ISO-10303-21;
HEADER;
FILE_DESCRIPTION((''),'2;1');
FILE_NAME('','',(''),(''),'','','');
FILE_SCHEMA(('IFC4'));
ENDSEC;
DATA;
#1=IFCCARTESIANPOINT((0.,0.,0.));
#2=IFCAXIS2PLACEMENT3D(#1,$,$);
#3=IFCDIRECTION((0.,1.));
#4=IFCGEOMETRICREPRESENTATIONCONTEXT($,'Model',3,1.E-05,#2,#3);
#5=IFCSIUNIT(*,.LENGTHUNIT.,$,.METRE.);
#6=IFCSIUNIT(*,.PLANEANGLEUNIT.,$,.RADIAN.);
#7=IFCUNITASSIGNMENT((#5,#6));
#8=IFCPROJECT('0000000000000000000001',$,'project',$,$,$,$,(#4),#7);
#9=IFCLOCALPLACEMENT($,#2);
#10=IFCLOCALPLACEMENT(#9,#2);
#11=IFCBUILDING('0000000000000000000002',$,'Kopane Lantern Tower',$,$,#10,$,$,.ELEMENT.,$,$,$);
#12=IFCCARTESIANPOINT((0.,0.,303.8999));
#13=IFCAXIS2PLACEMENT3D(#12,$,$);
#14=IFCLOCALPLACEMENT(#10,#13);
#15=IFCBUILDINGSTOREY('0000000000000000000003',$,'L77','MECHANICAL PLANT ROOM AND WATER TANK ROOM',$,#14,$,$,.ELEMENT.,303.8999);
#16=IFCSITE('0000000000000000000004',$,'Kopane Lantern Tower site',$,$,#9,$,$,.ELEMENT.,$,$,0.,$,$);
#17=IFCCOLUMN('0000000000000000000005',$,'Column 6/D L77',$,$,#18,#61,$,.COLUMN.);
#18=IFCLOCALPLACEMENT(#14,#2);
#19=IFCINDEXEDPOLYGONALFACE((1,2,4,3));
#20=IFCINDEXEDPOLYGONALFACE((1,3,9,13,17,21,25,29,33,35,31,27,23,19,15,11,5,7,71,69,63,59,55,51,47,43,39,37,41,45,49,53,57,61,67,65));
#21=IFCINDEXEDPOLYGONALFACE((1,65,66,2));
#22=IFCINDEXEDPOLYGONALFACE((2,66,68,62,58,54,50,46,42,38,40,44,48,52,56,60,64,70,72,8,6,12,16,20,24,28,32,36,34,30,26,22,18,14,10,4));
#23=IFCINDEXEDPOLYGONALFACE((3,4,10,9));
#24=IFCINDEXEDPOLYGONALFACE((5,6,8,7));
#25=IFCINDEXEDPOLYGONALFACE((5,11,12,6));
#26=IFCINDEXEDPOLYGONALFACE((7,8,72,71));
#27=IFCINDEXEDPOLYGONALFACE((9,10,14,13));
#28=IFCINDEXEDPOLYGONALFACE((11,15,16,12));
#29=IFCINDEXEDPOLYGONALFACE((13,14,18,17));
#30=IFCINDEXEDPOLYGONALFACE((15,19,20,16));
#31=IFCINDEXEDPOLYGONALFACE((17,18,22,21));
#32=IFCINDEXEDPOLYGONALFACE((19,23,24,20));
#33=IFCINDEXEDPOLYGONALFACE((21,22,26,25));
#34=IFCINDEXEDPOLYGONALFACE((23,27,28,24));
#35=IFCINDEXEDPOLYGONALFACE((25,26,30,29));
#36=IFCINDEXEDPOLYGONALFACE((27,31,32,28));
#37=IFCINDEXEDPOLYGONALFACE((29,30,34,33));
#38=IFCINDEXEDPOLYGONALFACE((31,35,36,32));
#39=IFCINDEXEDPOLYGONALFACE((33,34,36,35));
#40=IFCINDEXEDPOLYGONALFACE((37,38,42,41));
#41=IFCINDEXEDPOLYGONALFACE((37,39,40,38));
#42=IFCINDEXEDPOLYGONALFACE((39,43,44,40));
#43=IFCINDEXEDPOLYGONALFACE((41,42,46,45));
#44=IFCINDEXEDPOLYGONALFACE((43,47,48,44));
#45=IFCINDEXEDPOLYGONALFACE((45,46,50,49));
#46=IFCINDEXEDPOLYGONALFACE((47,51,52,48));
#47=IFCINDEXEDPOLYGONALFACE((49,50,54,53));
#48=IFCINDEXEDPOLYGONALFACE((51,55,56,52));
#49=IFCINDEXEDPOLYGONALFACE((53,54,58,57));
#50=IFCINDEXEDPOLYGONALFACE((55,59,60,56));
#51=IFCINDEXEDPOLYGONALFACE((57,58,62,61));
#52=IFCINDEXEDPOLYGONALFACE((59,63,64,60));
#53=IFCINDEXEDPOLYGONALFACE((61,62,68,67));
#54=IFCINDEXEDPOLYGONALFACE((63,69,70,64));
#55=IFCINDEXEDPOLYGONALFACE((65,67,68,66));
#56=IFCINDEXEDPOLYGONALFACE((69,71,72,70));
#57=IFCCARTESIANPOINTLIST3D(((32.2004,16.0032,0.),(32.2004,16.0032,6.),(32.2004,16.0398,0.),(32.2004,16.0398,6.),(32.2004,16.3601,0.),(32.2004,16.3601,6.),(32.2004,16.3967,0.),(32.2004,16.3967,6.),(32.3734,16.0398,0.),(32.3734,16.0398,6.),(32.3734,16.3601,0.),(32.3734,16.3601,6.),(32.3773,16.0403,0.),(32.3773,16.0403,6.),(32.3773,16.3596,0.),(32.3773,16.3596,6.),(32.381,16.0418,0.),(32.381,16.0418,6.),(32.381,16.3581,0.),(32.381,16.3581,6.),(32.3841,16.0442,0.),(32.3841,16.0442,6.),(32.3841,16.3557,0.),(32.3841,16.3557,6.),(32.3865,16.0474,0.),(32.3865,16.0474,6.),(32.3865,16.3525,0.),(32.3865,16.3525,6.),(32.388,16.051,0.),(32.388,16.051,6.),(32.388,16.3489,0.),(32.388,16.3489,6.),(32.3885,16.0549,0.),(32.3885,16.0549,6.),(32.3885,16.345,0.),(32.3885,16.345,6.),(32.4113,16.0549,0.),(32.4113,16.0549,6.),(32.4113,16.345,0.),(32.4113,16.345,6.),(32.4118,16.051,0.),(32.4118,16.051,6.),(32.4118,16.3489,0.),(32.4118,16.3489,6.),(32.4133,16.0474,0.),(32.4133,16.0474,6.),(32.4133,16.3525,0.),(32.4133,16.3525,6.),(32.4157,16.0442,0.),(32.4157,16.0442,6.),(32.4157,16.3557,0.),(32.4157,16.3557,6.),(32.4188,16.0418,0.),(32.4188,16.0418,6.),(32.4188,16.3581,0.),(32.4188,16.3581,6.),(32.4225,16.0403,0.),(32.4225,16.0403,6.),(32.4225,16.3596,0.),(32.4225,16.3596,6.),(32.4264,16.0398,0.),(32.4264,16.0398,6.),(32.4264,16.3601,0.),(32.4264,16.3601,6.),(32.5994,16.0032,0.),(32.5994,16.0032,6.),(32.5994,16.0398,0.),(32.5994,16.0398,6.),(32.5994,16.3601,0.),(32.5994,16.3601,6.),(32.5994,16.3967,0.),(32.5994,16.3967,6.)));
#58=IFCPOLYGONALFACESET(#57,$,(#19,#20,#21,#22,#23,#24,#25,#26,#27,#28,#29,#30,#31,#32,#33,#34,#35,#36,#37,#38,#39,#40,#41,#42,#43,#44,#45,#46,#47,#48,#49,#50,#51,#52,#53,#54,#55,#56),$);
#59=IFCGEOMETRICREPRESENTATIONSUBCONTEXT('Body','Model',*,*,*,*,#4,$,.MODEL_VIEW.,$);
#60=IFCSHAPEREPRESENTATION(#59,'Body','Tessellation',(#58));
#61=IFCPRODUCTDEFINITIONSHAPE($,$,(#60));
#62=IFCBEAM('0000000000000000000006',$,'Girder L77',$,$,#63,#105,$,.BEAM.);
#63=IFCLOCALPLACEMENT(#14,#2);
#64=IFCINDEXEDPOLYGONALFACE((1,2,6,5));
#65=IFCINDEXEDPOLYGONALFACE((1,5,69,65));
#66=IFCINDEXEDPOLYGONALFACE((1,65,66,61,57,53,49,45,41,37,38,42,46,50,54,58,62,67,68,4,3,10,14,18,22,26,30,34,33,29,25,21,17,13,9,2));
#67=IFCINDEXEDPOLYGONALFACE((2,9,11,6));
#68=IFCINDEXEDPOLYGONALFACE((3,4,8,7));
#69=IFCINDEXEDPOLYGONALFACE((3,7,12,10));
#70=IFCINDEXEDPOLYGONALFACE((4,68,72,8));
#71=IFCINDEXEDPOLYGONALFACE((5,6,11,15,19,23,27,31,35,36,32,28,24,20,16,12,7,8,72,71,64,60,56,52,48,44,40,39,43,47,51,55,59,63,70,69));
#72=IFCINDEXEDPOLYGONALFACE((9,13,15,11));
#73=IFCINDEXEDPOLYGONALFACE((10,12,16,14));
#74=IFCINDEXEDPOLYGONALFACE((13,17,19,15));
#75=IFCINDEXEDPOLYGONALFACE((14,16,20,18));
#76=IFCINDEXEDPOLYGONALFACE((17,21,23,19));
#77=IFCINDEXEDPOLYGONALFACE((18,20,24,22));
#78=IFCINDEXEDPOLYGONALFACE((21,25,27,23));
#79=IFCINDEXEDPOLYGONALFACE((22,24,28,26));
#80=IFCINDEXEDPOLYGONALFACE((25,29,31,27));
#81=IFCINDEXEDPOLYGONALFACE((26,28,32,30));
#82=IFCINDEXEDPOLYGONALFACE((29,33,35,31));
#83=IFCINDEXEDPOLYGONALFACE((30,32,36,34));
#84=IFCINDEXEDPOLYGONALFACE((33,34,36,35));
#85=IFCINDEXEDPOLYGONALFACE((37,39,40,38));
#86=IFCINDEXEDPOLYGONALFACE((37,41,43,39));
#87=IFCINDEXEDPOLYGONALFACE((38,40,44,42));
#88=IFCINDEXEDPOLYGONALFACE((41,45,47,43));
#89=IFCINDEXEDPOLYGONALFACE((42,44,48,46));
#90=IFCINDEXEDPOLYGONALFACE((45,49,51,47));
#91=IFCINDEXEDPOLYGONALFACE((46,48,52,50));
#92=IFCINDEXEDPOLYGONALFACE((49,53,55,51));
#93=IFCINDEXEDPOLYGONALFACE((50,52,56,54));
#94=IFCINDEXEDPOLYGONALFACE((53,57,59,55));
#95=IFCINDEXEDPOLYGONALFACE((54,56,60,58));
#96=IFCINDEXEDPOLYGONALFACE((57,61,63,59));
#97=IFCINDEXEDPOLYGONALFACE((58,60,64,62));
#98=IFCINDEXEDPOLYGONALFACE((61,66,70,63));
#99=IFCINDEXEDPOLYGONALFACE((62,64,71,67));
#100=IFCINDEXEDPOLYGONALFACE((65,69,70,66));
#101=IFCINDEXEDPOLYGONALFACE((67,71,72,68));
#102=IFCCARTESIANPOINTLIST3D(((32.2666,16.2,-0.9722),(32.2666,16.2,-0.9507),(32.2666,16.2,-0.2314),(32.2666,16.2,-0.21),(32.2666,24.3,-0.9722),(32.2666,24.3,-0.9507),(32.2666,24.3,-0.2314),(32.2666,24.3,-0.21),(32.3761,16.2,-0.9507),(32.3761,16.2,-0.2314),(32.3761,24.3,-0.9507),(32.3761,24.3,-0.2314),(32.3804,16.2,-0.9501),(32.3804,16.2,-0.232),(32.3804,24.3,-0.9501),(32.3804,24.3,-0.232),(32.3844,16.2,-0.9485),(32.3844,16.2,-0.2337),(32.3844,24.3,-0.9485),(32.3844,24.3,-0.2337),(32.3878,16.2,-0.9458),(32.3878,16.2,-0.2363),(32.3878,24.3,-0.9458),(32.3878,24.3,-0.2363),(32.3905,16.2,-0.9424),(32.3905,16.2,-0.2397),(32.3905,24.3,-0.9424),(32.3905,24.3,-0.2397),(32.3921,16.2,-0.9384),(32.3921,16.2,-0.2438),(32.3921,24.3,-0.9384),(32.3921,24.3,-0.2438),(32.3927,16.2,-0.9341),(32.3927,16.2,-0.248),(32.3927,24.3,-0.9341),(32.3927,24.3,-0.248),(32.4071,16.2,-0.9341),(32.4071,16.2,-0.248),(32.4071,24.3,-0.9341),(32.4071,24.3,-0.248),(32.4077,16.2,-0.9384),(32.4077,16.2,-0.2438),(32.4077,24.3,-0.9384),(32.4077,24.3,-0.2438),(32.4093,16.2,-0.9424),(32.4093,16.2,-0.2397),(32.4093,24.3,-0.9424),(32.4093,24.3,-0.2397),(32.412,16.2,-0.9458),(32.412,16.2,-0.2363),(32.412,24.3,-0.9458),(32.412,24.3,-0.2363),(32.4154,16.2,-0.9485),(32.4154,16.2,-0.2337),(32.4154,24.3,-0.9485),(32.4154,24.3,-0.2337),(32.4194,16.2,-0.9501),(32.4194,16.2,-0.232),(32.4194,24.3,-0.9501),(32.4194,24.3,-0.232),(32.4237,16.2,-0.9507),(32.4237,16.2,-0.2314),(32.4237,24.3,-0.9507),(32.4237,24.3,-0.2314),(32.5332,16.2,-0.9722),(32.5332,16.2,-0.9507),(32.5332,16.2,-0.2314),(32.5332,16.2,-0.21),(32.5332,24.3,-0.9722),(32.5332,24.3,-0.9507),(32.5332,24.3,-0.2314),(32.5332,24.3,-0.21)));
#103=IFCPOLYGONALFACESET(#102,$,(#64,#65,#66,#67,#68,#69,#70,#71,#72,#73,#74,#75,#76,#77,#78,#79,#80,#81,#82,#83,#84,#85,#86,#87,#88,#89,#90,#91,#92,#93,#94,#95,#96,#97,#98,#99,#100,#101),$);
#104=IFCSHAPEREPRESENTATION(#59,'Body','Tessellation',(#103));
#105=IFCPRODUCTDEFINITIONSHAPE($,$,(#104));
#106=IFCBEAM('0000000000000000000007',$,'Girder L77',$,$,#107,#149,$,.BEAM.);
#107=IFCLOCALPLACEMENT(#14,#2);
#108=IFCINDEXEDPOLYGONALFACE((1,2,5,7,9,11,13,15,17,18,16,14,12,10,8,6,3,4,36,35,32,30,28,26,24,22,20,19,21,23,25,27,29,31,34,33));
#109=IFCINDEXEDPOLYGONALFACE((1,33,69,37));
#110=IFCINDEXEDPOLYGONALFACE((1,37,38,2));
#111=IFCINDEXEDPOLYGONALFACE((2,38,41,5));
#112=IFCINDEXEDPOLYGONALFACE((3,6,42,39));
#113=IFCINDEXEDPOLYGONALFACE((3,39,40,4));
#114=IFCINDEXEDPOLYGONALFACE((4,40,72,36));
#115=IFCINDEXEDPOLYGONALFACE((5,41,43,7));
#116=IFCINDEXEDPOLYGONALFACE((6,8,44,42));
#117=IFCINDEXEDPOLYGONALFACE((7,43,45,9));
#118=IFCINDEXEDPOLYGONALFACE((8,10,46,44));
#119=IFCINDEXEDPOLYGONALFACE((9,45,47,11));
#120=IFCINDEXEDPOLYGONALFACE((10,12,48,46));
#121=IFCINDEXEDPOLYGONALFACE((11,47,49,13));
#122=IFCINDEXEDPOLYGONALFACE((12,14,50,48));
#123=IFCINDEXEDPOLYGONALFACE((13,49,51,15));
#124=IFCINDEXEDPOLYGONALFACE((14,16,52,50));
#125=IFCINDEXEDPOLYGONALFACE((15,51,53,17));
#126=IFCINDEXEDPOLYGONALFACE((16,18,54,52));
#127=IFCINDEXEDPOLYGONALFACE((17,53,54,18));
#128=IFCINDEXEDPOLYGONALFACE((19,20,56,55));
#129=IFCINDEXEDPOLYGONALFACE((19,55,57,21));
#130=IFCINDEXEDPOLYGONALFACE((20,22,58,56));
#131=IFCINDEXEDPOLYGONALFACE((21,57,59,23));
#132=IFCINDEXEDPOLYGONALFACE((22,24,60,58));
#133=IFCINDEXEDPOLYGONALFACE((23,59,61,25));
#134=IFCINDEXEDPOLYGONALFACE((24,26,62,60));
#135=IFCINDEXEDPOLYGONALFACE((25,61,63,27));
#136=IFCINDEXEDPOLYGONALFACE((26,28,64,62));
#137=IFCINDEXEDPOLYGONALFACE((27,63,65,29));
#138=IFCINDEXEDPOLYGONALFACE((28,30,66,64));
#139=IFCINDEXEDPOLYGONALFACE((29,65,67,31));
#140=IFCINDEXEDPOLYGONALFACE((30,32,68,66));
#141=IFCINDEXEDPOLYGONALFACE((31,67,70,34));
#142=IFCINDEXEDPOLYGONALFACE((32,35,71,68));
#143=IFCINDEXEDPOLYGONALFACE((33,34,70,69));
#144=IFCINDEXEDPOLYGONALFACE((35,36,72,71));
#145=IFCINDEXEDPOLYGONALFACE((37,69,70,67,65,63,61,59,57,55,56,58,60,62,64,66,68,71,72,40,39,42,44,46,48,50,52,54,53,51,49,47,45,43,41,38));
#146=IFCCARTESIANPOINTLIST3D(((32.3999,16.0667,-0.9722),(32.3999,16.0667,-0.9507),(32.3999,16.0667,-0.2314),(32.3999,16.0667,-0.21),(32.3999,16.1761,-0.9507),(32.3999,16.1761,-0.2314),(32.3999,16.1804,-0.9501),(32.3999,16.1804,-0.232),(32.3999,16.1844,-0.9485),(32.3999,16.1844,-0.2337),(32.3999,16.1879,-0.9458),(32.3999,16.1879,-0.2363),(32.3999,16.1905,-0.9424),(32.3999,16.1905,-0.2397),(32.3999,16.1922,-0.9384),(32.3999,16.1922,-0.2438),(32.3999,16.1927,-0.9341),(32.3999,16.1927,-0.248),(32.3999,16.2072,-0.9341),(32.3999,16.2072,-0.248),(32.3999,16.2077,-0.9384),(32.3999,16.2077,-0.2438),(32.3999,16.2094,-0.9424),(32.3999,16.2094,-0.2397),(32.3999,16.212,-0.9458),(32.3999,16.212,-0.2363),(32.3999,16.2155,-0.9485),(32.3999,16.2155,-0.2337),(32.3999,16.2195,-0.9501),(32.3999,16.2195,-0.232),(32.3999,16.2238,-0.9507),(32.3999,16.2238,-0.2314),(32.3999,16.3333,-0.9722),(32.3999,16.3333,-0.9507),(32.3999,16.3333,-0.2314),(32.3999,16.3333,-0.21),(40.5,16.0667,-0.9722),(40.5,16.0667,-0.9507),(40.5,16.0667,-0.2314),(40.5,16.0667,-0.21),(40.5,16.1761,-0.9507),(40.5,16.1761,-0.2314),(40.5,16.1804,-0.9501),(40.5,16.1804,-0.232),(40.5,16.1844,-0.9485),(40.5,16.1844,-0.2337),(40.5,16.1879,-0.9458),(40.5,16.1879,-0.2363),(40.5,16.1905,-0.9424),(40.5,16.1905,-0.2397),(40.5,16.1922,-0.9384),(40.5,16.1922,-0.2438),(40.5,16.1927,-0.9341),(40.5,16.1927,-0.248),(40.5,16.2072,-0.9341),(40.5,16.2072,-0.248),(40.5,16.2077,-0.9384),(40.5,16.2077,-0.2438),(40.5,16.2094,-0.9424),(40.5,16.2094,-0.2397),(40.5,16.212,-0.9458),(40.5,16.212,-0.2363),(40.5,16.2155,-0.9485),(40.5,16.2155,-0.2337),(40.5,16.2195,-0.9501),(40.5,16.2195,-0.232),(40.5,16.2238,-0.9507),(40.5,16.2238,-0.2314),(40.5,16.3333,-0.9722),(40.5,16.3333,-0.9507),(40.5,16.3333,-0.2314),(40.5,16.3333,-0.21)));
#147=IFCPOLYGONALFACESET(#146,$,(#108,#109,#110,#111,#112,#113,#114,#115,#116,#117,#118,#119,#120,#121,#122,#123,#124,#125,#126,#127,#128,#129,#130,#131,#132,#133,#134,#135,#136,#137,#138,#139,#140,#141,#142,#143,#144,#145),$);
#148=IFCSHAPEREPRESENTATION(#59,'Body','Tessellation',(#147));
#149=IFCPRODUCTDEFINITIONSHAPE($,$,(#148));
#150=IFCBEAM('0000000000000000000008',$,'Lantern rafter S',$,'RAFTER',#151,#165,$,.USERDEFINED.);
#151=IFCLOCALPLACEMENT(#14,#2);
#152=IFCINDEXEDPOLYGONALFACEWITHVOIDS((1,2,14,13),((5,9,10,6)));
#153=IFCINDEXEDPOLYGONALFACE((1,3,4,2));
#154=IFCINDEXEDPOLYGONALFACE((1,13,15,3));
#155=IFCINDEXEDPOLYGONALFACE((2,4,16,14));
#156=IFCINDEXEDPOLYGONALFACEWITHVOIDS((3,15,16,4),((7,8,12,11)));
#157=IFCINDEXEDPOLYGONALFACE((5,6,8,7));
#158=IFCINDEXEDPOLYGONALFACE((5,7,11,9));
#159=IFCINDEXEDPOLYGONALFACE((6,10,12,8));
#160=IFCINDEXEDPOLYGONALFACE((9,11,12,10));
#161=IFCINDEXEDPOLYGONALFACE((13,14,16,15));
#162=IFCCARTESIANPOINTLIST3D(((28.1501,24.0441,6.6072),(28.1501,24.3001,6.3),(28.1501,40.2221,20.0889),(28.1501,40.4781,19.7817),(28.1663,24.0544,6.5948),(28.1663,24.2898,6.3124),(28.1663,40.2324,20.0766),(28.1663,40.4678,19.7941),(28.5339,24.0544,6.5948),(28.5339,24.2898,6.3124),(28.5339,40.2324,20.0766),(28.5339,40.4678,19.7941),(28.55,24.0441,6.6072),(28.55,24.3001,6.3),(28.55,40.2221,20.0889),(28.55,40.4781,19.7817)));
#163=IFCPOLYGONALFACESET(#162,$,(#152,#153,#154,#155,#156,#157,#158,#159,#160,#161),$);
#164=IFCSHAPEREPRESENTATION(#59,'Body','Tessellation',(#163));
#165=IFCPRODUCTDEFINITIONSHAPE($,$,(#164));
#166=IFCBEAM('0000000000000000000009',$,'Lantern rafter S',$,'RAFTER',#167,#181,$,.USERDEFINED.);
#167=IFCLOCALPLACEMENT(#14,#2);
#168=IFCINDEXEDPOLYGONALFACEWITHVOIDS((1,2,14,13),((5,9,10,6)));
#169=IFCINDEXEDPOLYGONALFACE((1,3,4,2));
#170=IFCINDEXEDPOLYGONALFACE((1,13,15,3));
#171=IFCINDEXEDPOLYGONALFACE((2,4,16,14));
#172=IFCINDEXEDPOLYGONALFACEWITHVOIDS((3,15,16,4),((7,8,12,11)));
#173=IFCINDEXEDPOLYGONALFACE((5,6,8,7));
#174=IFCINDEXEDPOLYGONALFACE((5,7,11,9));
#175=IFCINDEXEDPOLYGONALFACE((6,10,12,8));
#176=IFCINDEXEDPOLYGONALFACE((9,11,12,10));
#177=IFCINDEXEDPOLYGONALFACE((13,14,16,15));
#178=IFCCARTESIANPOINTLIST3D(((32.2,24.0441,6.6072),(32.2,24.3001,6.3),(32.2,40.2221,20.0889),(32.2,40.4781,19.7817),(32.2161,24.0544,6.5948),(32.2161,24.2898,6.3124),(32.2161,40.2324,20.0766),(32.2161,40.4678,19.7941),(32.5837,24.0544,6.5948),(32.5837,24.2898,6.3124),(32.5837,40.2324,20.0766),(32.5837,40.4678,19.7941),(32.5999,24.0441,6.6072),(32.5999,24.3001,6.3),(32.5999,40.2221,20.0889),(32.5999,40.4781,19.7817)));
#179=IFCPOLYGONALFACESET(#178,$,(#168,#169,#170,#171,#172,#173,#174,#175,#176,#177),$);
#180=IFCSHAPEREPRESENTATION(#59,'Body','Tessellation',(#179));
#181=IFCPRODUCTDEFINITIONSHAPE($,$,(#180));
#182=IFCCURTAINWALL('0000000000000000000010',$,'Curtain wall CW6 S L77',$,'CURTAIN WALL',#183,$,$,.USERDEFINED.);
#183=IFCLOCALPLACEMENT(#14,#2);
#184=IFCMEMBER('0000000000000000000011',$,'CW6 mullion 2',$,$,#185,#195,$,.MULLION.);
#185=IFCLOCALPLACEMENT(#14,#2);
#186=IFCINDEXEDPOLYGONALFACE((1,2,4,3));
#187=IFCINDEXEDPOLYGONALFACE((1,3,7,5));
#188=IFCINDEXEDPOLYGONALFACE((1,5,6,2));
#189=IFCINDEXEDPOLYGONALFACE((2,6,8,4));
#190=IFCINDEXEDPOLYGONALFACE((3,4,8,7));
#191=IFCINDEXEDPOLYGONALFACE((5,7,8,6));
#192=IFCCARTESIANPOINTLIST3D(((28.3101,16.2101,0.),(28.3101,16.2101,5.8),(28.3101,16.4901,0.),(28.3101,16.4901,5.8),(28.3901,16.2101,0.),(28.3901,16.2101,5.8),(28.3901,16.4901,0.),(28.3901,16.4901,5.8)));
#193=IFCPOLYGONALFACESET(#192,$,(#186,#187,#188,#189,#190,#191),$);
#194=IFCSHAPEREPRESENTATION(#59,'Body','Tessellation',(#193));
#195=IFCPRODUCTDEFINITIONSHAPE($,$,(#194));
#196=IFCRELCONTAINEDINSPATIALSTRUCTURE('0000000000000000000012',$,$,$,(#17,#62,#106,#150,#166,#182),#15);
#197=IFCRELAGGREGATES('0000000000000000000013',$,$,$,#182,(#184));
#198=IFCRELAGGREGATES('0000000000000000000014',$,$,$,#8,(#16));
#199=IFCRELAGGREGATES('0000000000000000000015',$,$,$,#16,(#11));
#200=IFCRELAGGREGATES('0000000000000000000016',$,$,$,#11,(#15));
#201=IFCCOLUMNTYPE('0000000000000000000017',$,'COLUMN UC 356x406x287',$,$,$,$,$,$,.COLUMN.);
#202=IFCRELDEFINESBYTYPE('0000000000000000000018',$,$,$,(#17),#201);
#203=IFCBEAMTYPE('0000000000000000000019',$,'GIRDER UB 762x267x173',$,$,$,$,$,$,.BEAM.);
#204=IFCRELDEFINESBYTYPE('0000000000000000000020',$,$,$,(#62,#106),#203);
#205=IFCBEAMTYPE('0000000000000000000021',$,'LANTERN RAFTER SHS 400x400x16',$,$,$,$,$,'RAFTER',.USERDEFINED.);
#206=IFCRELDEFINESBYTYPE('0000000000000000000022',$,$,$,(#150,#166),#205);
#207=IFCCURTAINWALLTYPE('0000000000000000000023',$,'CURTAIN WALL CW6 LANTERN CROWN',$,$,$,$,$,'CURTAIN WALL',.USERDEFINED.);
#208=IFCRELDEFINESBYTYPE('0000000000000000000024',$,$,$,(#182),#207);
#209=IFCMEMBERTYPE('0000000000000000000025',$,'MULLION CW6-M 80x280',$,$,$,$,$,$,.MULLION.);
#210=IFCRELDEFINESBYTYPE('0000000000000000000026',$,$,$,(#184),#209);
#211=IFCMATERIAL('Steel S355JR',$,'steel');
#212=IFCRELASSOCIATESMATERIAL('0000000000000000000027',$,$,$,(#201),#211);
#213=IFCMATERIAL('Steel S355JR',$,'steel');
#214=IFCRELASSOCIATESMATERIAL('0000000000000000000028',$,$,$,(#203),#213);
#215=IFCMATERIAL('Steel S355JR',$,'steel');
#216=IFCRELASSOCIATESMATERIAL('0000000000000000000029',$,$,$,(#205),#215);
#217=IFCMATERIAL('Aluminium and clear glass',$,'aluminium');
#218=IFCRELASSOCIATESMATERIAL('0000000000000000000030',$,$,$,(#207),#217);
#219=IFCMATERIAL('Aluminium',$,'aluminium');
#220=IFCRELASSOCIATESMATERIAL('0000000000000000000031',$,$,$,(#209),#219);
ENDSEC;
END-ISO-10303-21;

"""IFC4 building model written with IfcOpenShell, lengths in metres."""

from ifc_helpers import new_model, si_unit, direction, frame, origin, origin_2d, place, context, subcontext, project, spatial, rectangle, hollow_rectangle, i_section, extrude, material, material_profile, profile_set, type_object, element, aggregate, save


model = new_model("IFC4")

# Units and contexts
model_context = context("Model", 3, precision=1e-05, world=origin(), true_north=direction((0.0, 1.0)))
body_context = subcontext(model_context, "Body", "Model", "MODEL_VIEW")
ifc_project = project(units=[si_unit("LENGTHUNIT", "METRE"), si_unit("PLANEANGLEUNIT", "RADIAN")], contexts=[model_context])

# Site, building, storey
site_placement = place(None, origin())
site = spatial("IfcSite", under=ifc_project, at=site_placement, Name="Kopane Lantern Tower site", CompositionType="ELEMENT", RefElevation=0.0)
building_placement = place(site_placement, origin())
building = spatial("IfcBuilding", under=site, at=building_placement, Name="Kopane Lantern Tower", CompositionType="ELEMENT")
storey_placement = place(building_placement, frame((0.0, 0.0, 303.8999)))
storey = spatial("IfcBuildingStorey", under=building, at=storey_placement, Name="L77", Description="MECHANICAL PLANT ROOM AND WATER TANK ROOM", CompositionType="ELEMENT", Elevation=303.8999)

# Column
ifc_material_1 = material(Name="Steel S355JR", Category="steel")
ifc_material_profile_1 = material_profile(ifc_material_1, i_section(OverallWidth=0.3989, OverallDepth=0.3936, WebThickness=0.0227, FlangeThickness=0.0366, FilletRadius=0.0151, at=origin_2d()), Name="UC 356x406x287")
ifc_profile_set_1 = profile_set([ifc_material_profile_1], Name="Steel S355JR")
column_type = type_object("IfcColumnType", Name="COLUMN UC 356x406x287", PredefinedType="COLUMN", material=ifc_profile_set_1)
column_placement = place(storey_placement, frame((32.3999, 16.2, 0.0), z_axis=(0.0, 0.0, 1.0), x_axis=(1.0, 0.0, 0.0)))
element("IfcColumn", 1, at=column_placement, inside=storey, type_object=column_type, Name="Column 6/D L77", PredefinedType="COLUMN", context=body_context, shape_type="SweptSolid", body=[
    extrude(i_section(OverallWidth=0.3989, OverallDepth=0.3936, WebThickness=0.0227, FlangeThickness=0.0366, FilletRadius=0.0151, at=origin_2d()), origin(), (0.0, 0.0, 1.0), 6.0),
])

# Beams
ifc_material_2 = material(Name="Steel S355JR", Category="steel")
ifc_material_profile_2 = material_profile(ifc_material_2, i_section(OverallWidth=0.2666, OverallDepth=0.7622, WebThickness=0.0144, FlangeThickness=0.0215, FilletRadius=0.0166, at=origin_2d()), Name="UB 762x267x173")
ifc_profile_set_2 = profile_set([ifc_material_profile_2], Name="Steel S355JR")
beam_type_1 = type_object("IfcBeamType", Name="GIRDER UB 762x267x173", PredefinedType="BEAM", material=ifc_profile_set_2)
for number, where, z_axis, x_axis, name in (
    (2, (32.3999, 16.2, -0.5911), (0.0, 1.0, 0.0), (-1.0, 0.0, 0.0), "Girder L77"),
    (3, (32.3999, 16.2, -0.5911), (1.0, 0.0, 0.0), (0.0, 1.0, 0.0), "Girder L77"),
):
    element("IfcBeam", number, at=place(storey_placement, frame(where, z_axis=z_axis, x_axis=x_axis)), inside=storey, type_object=beam_type_1, Name=name, PredefinedType="BEAM", context=body_context, shape_type="SweptSolid", body=[
        extrude(i_section(OverallWidth=0.2666, OverallDepth=0.7622, WebThickness=0.0144, FlangeThickness=0.0215, FilletRadius=0.0166, at=origin_2d()), origin(), (0.0, 0.0, 1.0), 8.1001),
    ])
ifc_material_3 = material(Name="Steel S355JR", Category="steel")
ifc_material_profile_3 = material_profile(ifc_material_3, hollow_rectangle(XDim=0.3999, YDim=0.3999, WallThickness=0.0161, at=origin_2d()), Name="RHS 400x400x16")
ifc_profile_set_3 = profile_set([ifc_material_profile_3], Name="Steel S355JR")
beam_type_2 = type_object("IfcBeamType", Name="LANTERN RAFTER SHS 400x400x16", ElementType="RAFTER", PredefinedType="USERDEFINED", material=ifc_profile_set_3)
for number, where, z_axis, x_axis, name in (
    (4, (28.3501, 24.1721, 6.4536), (0.0, 0.76822, 0.640186), (-1.0, 0.0, 0.0), "Lantern rafter S"),
    (5, (32.3999, 24.1721, 6.4536), (0.0, 0.76822, 0.640186), (-1.0, 0.0, 0.0), "Lantern rafter S"),
):
    element("IfcBeam", number, at=place(storey_placement, frame(where, z_axis=z_axis, x_axis=x_axis)), inside=storey, type_object=beam_type_2, Name=name, ObjectType="RAFTER", PredefinedType="USERDEFINED", context=body_context, shape_type="SweptSolid", body=[
        extrude(hollow_rectangle(XDim=0.3999, YDim=0.3999, WallThickness=0.0161, at=origin_2d()), origin(), (0.0, 0.0, 1.0), 21.0591),
    ])

# Curtain wall, member
ifc_material_4 = material(Name="Aluminium and clear glass", Category="aluminium")
curtain_wall_type = type_object("IfcCurtainWallType", Name="CURTAIN WALL CW6 LANTERN CROWN", ElementType="CURTAIN WALL", PredefinedType="USERDEFINED", material=ifc_material_4)
curtain_wall_1_placement = place(storey_placement, origin())
curtain_wall_1 = element("IfcCurtainWall", 6, at=curtain_wall_1_placement, inside=storey, type_object=curtain_wall_type, Name="Curtain wall CW6 S L77", ObjectType="CURTAIN WALL", PredefinedType="USERDEFINED")
ifc_material_5 = material(Name="Aluminium", Category="aluminium")
ifc_material_profile_4 = material_profile(ifc_material_5, rectangle(XDim=0.0801, YDim=0.28, at=origin_2d()), Name="AL 80x280")
ifc_profile_set_4 = profile_set([ifc_material_profile_4], Name="Aluminium")
member_type_1 = type_object("IfcMemberType", Name="MULLION CW6-M 80x280", PredefinedType="MULLION", material=ifc_profile_set_4)
member_1_placement = place(storey_placement, frame((28.3501, 16.3501, 0.0), z_axis=(0.0, 0.0, 1.0), x_axis=(1.0, 0.0, 0.0)))
member_1 = element("IfcMember", 7, at=member_1_placement, type_object=member_type_1, Name="CW6 mullion 2", PredefinedType="MULLION", context=body_context, shape_type="SweptSolid", body=[
    extrude(rectangle(XDim=0.0801, YDim=0.28, at=origin_2d()), origin(), (0.0, 0.0, 1.0), 5.8),
])

aggregate(curtain_wall_1, [member_1])

save(model, "model.ifc")
